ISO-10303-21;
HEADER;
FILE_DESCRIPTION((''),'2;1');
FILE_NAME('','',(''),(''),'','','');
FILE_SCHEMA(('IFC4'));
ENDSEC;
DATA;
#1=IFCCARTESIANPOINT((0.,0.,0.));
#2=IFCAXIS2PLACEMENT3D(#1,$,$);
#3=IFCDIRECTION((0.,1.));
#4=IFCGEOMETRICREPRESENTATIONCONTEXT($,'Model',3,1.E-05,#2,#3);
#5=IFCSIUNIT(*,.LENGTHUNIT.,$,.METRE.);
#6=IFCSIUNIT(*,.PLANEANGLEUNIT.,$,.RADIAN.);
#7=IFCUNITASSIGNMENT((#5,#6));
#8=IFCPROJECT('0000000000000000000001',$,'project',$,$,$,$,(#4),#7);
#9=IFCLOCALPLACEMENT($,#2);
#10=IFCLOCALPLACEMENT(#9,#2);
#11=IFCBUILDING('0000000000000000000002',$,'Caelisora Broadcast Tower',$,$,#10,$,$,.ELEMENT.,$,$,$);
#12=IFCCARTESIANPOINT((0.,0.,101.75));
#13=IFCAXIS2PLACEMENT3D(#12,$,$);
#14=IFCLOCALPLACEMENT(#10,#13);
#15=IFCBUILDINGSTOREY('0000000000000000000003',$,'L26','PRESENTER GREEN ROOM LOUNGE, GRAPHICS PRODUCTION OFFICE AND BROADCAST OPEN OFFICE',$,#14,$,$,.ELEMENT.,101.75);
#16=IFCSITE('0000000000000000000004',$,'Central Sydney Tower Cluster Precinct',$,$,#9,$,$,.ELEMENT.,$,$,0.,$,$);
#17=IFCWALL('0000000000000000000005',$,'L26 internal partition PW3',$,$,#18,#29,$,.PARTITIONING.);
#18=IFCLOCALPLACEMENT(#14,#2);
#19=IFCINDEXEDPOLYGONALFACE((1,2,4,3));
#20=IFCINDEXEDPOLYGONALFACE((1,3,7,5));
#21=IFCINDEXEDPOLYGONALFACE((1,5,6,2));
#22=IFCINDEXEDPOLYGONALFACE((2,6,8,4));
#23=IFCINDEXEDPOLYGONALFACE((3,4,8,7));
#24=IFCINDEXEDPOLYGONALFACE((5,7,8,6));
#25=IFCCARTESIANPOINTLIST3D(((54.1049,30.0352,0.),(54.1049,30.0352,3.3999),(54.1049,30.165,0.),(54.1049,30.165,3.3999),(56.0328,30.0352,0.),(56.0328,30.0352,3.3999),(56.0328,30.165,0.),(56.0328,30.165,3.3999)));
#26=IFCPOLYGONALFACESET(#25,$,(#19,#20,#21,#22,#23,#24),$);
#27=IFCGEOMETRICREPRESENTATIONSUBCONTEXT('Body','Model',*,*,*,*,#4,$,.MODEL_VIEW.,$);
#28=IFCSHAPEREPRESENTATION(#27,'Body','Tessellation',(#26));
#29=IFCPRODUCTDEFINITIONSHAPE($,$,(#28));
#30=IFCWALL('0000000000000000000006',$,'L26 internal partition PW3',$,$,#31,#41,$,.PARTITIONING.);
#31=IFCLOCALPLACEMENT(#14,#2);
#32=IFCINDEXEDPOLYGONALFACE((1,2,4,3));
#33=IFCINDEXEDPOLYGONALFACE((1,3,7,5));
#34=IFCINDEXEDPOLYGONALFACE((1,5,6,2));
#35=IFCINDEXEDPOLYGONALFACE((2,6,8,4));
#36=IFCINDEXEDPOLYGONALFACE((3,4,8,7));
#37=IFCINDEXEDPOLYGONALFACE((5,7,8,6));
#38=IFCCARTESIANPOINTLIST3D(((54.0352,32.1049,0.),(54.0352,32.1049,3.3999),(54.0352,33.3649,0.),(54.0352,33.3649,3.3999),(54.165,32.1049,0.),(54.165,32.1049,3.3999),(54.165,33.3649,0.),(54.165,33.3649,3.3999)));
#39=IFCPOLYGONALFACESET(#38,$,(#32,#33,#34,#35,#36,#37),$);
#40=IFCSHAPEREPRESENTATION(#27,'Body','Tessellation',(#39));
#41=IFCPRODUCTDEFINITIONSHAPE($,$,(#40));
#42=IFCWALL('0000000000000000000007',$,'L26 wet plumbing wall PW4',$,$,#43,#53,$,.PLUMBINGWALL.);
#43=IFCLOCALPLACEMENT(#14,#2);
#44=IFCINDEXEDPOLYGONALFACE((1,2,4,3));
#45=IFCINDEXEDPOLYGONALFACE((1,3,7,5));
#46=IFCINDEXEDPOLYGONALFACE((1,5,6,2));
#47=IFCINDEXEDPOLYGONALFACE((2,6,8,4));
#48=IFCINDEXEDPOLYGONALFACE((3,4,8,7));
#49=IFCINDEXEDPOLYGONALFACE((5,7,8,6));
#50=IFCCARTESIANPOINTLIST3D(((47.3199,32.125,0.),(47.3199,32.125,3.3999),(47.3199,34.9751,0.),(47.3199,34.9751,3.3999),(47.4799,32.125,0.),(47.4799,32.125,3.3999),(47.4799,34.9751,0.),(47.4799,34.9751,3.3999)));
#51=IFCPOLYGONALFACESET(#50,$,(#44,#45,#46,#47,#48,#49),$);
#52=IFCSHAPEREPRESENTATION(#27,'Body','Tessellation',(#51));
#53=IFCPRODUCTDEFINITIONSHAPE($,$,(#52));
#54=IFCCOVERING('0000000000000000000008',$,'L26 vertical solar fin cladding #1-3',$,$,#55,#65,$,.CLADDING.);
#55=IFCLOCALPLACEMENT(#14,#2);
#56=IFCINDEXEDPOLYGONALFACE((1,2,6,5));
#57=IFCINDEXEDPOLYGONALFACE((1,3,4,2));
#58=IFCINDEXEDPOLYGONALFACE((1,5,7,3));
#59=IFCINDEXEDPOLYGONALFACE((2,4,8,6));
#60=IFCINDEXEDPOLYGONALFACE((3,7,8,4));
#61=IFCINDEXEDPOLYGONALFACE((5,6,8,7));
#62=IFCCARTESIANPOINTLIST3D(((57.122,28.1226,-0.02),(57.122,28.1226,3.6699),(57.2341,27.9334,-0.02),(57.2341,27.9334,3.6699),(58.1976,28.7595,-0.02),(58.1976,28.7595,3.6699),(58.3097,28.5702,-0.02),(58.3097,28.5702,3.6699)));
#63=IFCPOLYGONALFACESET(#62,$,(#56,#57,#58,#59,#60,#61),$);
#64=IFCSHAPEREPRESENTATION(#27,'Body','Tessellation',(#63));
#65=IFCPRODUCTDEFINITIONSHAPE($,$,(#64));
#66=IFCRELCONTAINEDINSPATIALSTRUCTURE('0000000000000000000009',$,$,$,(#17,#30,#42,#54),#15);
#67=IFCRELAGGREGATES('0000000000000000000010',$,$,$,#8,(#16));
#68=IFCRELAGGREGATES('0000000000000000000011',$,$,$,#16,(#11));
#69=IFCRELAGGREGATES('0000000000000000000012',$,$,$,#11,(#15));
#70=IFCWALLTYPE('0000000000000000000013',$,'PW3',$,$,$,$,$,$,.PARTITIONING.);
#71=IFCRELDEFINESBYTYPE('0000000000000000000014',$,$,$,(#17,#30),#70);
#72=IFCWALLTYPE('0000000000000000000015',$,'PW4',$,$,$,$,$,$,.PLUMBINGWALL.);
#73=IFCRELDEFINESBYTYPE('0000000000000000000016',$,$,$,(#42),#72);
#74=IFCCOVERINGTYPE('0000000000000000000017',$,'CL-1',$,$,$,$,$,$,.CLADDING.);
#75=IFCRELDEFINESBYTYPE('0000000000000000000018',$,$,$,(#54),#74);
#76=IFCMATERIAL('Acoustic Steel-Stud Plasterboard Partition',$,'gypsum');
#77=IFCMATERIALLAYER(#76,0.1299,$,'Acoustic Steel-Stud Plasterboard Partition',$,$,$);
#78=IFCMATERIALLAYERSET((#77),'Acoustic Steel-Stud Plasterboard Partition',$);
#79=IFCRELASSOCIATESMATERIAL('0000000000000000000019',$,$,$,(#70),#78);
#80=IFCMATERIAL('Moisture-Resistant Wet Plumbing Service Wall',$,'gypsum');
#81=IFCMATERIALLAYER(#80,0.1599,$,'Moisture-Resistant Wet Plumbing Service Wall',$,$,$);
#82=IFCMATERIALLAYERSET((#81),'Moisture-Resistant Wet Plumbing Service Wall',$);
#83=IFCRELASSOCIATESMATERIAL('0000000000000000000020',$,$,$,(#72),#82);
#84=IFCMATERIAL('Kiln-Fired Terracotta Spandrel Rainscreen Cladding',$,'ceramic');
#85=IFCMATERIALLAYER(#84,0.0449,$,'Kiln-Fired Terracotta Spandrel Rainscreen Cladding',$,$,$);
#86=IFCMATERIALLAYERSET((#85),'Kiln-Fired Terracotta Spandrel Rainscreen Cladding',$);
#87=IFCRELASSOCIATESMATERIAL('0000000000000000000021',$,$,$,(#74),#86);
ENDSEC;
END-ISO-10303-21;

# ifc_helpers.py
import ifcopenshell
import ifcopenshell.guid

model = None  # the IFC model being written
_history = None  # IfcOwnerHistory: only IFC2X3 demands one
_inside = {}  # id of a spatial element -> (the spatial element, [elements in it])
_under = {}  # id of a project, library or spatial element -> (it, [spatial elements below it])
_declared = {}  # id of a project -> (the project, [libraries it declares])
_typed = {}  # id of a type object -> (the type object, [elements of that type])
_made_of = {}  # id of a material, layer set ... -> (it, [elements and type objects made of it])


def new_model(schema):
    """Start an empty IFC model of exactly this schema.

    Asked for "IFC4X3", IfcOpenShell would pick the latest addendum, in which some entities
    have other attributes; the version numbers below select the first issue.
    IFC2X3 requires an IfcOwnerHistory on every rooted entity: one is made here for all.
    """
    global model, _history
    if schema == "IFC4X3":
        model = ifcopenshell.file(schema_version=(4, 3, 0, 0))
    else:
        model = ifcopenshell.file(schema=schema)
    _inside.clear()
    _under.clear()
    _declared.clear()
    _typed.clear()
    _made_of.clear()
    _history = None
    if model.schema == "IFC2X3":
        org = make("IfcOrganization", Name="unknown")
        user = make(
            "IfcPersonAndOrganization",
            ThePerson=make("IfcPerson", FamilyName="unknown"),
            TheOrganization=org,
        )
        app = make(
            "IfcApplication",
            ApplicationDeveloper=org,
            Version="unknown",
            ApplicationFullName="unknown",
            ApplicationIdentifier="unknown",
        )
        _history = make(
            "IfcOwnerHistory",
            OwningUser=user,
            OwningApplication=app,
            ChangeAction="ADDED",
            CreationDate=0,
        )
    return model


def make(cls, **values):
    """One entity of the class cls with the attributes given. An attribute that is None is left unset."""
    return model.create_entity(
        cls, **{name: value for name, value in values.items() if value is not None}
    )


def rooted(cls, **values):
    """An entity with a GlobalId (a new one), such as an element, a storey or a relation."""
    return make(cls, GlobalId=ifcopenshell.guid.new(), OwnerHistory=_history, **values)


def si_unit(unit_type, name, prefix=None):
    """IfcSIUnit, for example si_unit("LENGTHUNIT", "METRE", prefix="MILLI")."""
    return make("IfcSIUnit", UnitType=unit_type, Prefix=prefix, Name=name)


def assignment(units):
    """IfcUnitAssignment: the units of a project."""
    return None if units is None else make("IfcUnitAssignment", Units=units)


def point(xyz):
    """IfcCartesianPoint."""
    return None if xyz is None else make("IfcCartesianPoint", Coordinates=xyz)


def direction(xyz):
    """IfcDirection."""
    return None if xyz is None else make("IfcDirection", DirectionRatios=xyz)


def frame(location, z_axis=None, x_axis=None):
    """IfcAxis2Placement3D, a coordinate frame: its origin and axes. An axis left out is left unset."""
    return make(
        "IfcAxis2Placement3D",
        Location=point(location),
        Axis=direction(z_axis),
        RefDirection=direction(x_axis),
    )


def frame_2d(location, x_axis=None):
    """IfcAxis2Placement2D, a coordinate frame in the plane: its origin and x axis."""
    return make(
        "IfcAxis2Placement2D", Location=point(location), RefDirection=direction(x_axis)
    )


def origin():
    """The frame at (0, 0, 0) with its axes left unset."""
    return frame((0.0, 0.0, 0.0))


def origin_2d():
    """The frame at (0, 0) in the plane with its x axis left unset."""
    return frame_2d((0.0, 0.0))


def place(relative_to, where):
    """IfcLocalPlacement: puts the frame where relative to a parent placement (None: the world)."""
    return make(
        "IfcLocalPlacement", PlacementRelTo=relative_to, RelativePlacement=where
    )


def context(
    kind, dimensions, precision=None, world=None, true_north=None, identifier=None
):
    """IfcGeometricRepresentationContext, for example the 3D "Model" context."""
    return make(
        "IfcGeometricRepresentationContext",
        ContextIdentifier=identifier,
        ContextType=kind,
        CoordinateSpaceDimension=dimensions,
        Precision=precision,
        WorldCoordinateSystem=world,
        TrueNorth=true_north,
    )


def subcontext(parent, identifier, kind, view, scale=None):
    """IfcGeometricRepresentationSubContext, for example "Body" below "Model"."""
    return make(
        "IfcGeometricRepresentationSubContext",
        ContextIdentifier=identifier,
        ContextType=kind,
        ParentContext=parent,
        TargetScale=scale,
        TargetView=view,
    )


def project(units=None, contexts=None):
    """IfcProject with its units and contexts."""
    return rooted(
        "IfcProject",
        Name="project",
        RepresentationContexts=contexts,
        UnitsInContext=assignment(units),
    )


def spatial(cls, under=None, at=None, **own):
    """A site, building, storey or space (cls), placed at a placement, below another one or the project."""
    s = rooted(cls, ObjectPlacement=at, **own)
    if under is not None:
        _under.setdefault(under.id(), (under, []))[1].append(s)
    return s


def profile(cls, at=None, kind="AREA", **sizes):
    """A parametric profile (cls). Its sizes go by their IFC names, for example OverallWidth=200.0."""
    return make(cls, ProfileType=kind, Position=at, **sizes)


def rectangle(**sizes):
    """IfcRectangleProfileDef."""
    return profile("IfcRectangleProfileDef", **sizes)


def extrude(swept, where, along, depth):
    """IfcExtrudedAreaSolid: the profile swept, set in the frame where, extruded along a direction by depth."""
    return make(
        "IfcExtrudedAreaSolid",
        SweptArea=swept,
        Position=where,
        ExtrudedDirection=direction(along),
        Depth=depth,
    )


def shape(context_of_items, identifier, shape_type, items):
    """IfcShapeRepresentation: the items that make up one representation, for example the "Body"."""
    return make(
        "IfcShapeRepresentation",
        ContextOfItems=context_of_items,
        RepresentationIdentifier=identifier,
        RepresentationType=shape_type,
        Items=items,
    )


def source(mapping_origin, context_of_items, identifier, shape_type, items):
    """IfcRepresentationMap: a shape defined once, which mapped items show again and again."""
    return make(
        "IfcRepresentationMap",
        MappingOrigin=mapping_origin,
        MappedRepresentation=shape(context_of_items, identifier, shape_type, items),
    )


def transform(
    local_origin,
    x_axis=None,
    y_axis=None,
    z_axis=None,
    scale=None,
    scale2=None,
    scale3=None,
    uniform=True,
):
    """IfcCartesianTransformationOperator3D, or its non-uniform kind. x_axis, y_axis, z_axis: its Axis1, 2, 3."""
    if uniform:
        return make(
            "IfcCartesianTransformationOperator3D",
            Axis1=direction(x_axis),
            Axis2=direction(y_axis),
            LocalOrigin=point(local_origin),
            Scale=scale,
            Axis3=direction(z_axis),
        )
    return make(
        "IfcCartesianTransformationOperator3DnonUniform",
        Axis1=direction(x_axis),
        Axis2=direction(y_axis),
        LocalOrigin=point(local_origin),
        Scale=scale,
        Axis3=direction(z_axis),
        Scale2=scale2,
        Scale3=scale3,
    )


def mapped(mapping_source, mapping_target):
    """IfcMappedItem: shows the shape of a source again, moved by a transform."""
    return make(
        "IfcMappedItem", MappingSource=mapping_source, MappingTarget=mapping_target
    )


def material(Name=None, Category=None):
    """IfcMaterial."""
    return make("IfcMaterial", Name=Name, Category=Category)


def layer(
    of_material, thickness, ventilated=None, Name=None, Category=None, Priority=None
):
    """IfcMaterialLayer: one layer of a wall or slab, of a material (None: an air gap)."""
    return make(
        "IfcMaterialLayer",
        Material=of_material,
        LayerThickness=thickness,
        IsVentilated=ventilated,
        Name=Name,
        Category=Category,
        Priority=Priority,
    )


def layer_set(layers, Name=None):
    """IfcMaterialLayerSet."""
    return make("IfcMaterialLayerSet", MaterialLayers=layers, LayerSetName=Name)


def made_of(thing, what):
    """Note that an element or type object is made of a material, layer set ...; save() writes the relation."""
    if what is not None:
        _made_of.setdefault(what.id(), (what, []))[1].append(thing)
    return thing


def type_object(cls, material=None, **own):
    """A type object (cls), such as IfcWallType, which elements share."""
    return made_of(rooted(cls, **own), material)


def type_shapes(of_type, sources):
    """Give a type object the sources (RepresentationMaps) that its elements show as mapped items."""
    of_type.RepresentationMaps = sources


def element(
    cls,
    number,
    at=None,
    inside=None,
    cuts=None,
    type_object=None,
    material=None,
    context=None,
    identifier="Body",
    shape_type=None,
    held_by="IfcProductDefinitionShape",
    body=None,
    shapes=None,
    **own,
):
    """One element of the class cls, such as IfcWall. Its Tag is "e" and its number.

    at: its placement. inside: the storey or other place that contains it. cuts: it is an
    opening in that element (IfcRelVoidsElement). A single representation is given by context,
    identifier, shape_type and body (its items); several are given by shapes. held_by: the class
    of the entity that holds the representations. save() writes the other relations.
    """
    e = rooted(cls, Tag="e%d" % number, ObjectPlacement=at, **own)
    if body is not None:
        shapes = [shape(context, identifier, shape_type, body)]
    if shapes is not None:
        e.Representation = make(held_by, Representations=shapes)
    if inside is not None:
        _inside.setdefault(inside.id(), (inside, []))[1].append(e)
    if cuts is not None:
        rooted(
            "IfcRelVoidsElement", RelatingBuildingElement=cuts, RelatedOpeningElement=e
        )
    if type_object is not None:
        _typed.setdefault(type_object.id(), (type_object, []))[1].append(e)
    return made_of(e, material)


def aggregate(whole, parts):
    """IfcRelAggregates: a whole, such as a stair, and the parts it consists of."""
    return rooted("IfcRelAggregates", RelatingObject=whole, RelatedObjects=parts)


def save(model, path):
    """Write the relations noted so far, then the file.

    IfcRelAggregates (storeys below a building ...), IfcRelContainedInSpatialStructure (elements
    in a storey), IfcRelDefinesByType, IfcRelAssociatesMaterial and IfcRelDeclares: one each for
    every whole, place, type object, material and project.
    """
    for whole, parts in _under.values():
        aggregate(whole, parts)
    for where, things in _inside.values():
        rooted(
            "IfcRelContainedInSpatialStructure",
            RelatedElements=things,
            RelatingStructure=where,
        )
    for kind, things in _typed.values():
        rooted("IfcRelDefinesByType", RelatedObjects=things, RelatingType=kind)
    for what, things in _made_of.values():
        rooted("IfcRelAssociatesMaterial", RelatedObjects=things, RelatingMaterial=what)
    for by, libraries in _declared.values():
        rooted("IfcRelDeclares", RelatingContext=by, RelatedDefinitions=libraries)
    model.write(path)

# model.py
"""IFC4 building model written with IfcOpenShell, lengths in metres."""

from ifc_helpers import new_model, si_unit, direction, frame, frame_2d, origin, origin_2d, place, context, subcontext, project, spatial, rectangle, extrude, source, transform, mapped, material, layer, layer_set, type_object, type_shapes, element, save


model = new_model("IFC4")

# Units and contexts
model_context = context("Model", 3, precision=1e-05, world=origin(), true_north=direction((0.0, 1.0)))
body_context = subcontext(model_context, "Body", "Model", "MODEL_VIEW")
ifc_project = project(units=[si_unit("LENGTHUNIT", "METRE"), si_unit("PLANEANGLEUNIT", "RADIAN")], contexts=[model_context])

# Site, building, storey
site_placement = place(None, origin())
site = spatial("IfcSite", under=ifc_project, at=site_placement, Name="Central Sydney Tower Cluster Precinct", CompositionType="ELEMENT", RefElevation=0.0)
building_placement = place(site_placement, origin())
building = spatial("IfcBuilding", under=site, at=building_placement, Name="Caelisora Broadcast Tower", CompositionType="ELEMENT")
storey_placement = place(building_placement, frame((0.0, 0.0, 101.75)))
storey = spatial("IfcBuildingStorey", under=building, at=storey_placement, Name="L26", Description="PRESENTER GREEN ROOM LOUNGE, GRAPHICS PRODUCTION OFFICE AND BROADCAST OPEN OFFICE", CompositionType="ELEMENT", Elevation=101.75)

# Shared definitions
ifc_material_1 = material(Name="Acoustic Steel-Stud Plasterboard Partition", Category="gypsum")
ifc_layer_1 = layer(ifc_material_1, 0.1299, Name="Acoustic Steel-Stud Plasterboard Partition")
ifc_layer_set_1 = layer_set([ifc_layer_1], Name="Acoustic Steel-Stud Plasterboard Partition")
wall_type_1 = type_object("IfcWallType", Name="PW3", PredefinedType="PARTITIONING", material=ifc_layer_set_1)

# Walls
wall_1_placement = place(storey_placement, frame((54.105, 30.1001, 0.0), z_axis=(0.0, 0.0, 1.0), x_axis=(1.0, 0.0, 0.0)))
element("IfcWall", 1, at=wall_1_placement, inside=storey, type_object=wall_type_1, Name="L26 internal partition PW3", PredefinedType="PARTITIONING", context=body_context, shape_type="SweptSolid", body=[
    extrude(rectangle(XDim=1.928, YDim=0.1299, at=frame_2d((0.9639, 0.0))), origin(), (0.0, 0.0, 1.0), 3.3999),
])
wall_2_placement = place(storey_placement, frame((54.1001, 32.105, 0.0), z_axis=(0.0, 0.0, 1.0), x_axis=(0.0, 1.0, 0.0)))
element("IfcWall", 2, at=wall_2_placement, inside=storey, type_object=wall_type_1, Name="L26 internal partition PW3", PredefinedType="PARTITIONING", context=body_context, shape_type="SweptSolid", body=[
    extrude(rectangle(XDim=1.26, YDim=0.1299, at=frame_2d((0.6299, 0.0))), origin(), (0.0, 0.0, 1.0), 3.3999),
])
ifc_material_2 = material(Name="Moisture-Resistant Wet Plumbing Service Wall", Category="gypsum")
ifc_layer_2 = layer(ifc_material_2, 0.1599, Name="Moisture-Resistant Wet Plumbing Service Wall")
ifc_layer_set_2 = layer_set([ifc_layer_2], Name="Moisture-Resistant Wet Plumbing Service Wall")
wall_type_2 = type_object("IfcWallType", Name="PW4", PredefinedType="PLUMBINGWALL", material=ifc_layer_set_2)
wall_3_placement = place(storey_placement, frame((47.3999, 32.125, 0.0), z_axis=(0.0, 0.0, 1.0), x_axis=(0.0, 1.0, 0.0)))
element("IfcWall", 3, at=wall_3_placement, inside=storey, type_object=wall_type_2, Name="L26 wet plumbing wall PW4", PredefinedType="PLUMBINGWALL", context=body_context, shape_type="SweptSolid", body=[
    extrude(rectangle(XDim=2.8501, YDim=0.1599, at=frame_2d((1.425, 0.0))), origin(), (0.0, 0.0, 1.0), 3.3999),
])

# Covering
ifc_material_3 = material(Name="Kiln-Fired Terracotta Spandrel Rainscreen Cladding", Category="ceramic")
ifc_layer_3 = layer(ifc_material_3, 0.0449, Name="Kiln-Fired Terracotta Spandrel Rainscreen Cladding")
ifc_layer_set_3 = layer_set([ifc_layer_3], Name="Kiln-Fired Terracotta Spandrel Rainscreen Cladding")
covering_type = type_object("IfcCoveringType", Name="CL-1", PredefinedType="CLADDING", material=ifc_layer_set_3)
shared_shape_1 = source(origin(), body_context, "Body", "SweptSolid", [
    extrude(rectangle(XDim=0.22, YDim=1.25, at=origin_2d()), origin(), (0.0, 0.0, 1.0), 3.6899),
])
type_shapes(covering_type, [shared_shape_1])
covering_placement = place(storey_placement, frame((57.7158, 28.3464, -0.02), z_axis=(0.0, 0.0, 1.0), x_axis=(0.509492, -0.860475, 0.0)))
element("IfcCovering", 4, at=covering_placement, inside=storey, type_object=covering_type, Name="L26 vertical solar fin cladding #1-3", PredefinedType="CLADDING", context=body_context, shape_type="MappedRepresentation", body=[
    mapped(shared_shape_1, transform((0.0, 0.0, 0.0), scale=1.0)),
])

save(model, "model.ifc")
